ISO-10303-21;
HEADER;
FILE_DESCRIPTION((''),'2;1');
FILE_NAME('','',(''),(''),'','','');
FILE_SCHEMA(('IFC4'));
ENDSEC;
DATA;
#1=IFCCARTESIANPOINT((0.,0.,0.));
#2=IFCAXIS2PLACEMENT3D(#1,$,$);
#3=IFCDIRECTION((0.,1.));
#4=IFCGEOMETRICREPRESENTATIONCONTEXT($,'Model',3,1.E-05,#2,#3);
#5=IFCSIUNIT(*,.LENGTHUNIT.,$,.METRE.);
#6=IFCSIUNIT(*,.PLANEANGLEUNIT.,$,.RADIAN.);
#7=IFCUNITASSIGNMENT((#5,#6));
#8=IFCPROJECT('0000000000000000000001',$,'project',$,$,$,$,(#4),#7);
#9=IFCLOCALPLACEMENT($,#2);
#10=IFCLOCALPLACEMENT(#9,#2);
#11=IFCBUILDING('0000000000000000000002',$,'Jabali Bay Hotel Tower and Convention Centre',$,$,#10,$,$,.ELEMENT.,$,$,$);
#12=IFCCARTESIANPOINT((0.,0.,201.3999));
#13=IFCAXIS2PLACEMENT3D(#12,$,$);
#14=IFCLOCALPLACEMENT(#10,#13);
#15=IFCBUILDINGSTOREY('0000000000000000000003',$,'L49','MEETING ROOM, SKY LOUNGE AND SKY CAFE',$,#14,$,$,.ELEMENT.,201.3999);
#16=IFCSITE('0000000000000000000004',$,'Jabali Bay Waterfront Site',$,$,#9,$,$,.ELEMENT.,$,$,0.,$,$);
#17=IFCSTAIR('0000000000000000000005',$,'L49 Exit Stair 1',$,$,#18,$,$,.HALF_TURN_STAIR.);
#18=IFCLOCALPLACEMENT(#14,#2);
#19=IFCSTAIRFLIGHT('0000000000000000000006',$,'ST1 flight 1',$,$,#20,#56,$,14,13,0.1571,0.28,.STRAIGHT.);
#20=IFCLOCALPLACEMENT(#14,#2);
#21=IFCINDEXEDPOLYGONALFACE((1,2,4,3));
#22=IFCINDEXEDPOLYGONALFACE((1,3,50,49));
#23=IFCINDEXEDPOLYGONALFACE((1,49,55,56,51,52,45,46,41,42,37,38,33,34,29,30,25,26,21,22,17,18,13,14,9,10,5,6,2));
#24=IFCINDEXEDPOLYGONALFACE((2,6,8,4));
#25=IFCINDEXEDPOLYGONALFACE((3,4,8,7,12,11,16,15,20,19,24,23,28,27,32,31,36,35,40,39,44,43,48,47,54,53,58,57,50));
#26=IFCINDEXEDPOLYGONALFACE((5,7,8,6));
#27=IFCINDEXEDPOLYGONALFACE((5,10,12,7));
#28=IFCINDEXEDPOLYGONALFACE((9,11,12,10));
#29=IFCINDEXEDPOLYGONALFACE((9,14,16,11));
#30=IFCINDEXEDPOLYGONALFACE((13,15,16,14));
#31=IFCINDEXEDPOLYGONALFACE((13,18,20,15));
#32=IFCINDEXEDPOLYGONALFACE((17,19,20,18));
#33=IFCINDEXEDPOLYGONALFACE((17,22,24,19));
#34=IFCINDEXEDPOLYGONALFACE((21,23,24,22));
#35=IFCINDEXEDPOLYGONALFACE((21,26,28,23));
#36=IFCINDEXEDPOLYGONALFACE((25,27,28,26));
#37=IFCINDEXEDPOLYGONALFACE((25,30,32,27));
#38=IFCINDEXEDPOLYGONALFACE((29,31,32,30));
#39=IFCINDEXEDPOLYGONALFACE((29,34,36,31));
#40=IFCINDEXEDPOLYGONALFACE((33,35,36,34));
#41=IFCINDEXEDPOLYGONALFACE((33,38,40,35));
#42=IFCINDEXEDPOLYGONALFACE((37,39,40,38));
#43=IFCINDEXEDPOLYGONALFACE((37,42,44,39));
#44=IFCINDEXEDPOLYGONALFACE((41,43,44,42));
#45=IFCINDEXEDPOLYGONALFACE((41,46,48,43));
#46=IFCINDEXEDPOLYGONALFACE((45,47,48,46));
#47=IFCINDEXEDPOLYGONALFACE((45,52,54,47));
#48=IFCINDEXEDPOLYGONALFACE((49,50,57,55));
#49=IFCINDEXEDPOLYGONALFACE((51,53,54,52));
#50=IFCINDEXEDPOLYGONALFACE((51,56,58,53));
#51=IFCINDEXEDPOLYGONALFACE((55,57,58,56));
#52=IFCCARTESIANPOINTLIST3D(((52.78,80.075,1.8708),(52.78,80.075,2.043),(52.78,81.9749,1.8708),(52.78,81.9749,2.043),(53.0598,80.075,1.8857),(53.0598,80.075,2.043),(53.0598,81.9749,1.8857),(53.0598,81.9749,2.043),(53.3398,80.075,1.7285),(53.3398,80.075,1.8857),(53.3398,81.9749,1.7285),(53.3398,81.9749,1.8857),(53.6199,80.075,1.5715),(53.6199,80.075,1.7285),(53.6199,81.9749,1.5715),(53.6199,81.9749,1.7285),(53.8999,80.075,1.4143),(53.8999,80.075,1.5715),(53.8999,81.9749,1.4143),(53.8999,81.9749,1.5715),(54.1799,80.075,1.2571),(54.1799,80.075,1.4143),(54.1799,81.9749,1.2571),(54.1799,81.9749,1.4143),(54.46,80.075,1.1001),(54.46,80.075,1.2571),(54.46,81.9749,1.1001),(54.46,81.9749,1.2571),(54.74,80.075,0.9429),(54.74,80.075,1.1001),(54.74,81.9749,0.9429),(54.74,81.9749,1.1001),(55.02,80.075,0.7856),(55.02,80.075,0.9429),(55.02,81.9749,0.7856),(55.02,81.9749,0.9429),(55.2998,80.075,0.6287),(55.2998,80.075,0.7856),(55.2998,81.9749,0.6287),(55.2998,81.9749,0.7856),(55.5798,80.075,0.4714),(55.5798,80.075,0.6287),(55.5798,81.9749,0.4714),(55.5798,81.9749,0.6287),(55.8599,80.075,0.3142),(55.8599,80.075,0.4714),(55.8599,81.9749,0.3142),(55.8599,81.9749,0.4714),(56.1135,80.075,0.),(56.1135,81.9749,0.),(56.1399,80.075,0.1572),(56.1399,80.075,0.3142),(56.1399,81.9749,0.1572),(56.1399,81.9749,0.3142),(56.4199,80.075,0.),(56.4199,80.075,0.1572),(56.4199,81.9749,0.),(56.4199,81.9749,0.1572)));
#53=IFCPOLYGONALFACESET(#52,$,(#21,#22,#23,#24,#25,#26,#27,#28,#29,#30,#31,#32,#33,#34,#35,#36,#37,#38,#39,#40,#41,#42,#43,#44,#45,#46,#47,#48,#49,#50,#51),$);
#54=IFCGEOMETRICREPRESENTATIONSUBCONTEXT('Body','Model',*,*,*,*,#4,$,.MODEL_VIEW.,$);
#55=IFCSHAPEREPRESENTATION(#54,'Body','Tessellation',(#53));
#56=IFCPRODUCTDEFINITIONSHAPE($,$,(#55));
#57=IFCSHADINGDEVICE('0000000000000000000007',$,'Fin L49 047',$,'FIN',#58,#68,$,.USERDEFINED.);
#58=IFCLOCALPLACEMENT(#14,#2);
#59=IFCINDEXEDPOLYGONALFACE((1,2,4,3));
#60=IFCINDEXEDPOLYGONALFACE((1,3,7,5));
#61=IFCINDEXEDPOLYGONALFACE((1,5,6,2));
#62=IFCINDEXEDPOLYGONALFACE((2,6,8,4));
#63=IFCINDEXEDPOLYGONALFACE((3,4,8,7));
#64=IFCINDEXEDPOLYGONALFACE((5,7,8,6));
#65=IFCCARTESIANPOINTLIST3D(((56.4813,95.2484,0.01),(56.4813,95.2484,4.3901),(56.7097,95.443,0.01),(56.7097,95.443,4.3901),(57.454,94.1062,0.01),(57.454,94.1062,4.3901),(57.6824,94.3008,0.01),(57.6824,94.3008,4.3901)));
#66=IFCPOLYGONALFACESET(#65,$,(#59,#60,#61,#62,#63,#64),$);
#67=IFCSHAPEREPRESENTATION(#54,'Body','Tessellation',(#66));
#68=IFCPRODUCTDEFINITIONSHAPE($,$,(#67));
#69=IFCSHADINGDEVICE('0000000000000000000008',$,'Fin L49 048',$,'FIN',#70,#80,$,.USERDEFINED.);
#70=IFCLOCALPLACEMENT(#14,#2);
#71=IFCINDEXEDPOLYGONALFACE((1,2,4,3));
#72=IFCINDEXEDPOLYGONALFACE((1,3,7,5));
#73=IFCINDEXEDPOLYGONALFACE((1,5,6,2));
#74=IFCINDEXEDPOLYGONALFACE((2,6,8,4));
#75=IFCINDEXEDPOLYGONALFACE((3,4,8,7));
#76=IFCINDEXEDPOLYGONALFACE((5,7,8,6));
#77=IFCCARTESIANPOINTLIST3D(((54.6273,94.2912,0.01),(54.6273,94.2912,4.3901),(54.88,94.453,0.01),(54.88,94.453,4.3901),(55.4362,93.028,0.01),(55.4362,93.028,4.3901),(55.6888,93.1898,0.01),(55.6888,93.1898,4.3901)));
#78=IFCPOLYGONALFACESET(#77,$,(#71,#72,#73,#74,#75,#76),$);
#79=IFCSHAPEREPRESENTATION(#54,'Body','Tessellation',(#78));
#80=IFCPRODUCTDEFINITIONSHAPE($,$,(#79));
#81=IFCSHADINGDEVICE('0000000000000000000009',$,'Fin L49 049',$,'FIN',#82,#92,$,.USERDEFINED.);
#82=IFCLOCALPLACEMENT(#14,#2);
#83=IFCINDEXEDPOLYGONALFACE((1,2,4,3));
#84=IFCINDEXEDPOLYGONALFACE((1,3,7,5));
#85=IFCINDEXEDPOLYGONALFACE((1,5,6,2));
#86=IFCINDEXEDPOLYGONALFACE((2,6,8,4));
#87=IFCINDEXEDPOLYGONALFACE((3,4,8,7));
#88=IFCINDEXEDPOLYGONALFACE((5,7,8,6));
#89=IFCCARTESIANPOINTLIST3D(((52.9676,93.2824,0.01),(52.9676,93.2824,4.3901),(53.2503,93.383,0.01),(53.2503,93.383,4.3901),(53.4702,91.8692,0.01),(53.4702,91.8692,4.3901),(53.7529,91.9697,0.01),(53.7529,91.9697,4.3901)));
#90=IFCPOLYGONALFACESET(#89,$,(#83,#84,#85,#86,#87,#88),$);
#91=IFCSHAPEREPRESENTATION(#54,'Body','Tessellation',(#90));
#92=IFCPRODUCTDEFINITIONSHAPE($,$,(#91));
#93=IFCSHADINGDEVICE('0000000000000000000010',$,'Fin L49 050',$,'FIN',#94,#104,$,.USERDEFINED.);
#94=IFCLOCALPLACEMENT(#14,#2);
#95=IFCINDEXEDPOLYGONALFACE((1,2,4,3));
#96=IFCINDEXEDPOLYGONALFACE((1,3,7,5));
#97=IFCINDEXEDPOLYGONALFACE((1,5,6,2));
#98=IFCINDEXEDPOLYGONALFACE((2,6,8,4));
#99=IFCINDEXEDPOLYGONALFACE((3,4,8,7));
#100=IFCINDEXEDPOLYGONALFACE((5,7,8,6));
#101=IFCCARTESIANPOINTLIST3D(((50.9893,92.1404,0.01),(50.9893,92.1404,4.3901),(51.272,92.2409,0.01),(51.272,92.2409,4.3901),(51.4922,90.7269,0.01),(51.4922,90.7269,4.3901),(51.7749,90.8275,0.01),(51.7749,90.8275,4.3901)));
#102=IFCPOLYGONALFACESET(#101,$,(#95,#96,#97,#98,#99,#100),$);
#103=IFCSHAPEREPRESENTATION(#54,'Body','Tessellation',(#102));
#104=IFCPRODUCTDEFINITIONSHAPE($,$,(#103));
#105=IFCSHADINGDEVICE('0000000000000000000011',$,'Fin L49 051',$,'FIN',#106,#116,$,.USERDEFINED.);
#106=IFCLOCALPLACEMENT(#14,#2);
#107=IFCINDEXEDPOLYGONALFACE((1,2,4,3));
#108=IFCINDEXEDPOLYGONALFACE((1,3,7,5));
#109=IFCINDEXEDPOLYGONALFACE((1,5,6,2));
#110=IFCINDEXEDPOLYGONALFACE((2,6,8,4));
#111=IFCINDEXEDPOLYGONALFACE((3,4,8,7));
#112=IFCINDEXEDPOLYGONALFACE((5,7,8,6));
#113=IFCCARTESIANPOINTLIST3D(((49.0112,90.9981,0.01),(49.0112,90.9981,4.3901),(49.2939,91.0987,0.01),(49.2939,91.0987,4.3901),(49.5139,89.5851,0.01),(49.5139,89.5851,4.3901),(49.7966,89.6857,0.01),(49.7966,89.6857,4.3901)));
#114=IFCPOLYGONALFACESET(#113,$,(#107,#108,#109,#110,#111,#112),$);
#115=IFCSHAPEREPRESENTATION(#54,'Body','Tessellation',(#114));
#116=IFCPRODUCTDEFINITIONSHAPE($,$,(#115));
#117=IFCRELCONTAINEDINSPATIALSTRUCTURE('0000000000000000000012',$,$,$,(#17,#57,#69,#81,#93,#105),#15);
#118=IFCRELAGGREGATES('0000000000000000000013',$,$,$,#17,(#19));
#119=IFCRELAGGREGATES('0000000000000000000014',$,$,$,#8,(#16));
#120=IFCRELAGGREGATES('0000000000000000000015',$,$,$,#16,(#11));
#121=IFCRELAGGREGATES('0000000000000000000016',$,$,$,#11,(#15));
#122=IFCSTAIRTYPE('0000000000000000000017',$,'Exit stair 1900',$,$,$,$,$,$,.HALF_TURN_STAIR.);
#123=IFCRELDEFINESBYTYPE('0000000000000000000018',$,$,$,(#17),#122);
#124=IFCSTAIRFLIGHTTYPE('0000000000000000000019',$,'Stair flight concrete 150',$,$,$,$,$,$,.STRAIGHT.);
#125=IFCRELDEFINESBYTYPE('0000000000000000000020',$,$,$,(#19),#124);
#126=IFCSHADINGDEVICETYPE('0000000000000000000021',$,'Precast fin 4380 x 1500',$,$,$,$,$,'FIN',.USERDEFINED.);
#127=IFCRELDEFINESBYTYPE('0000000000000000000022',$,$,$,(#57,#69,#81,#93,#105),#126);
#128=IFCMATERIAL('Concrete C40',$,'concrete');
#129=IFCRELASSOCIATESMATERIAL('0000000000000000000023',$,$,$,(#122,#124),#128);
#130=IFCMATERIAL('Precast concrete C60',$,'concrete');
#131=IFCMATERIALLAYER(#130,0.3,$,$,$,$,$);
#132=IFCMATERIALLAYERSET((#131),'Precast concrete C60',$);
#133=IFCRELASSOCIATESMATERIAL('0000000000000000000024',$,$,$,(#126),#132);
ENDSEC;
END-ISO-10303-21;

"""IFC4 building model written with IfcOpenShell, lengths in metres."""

from ifc_helpers import new_model, si_unit, direction, frame, frame_2d, origin, place, context, subcontext, project, spatial, polyline, rectangle, outline, extrude, material, layer, layer_set, type_object, element, aggregate, save


model = new_model("IFC4")

# Units and contexts
model_context = context("Model", 3, precision=1e-05, world=origin(), true_north=direction((0.0, 1.0)))
body_context = subcontext(model_context, "Body", "Model", "MODEL_VIEW")
ifc_project = project(units=[si_unit("LENGTHUNIT", "METRE"), si_unit("PLANEANGLEUNIT", "RADIAN")], contexts=[model_context])

# Site, building, storey
site_placement = place(None, origin())
site = spatial("IfcSite", under=ifc_project, at=site_placement, Name="Jabali Bay Waterfront Site", CompositionType="ELEMENT", RefElevation=0.0)
building_placement = place(site_placement, origin())
building = spatial("IfcBuilding", under=site, at=building_placement, Name="Jabali Bay Hotel Tower and Convention Centre", CompositionType="ELEMENT")
storey_placement = place(building_placement, frame((0.0, 0.0, 201.3999)))
storey = spatial("IfcBuildingStorey", under=building, at=storey_placement, Name="L49", Description="MEETING ROOM, SKY LOUNGE AND SKY CAFE", CompositionType="ELEMENT", Elevation=201.3999)

# Shared definitions
ifc_material_1 = material(Name="Concrete C40", Category="concrete")

# Stair, stair flight
stair_type = type_object("IfcStairType", Name="Exit stair 1900", PredefinedType="HALF_TURN_STAIR", material=ifc_material_1)
stair_placement = place(storey_placement, origin())
stair = element("IfcStair", 1, at=stair_placement, inside=storey, type_object=stair_type, Name="L49 Exit Stair 1", PredefinedType="HALF_TURN_STAIR")
stair_flight_type = type_object("IfcStairFlightType", Name="Stair flight concrete 150", PredefinedType="STRAIGHT", material=ifc_material_1)
stair_flight_placement = place(storey_placement, frame((56.4199, 81.0249, 0.0), z_axis=(0.0, 0.0, 1.0), x_axis=(-1.0, 0.0, 0.0)))
stair_flight = element("IfcStairFlight", 2, at=stair_flight_placement, type_object=stair_flight_type, Name="ST1 flight 1", NumberOfRisers=14, NumberOfTreads=13, PredefinedType="STRAIGHT", RiserHeight=0.1571, TreadLength=0.28, context=body_context, shape_type="SweptSolid", body=[
    extrude(outline(polyline([(0.0, 0.0), (0.0, 0.1572), (0.28, 0.1572), (0.28, 0.3142), (0.5601, 0.3142), (0.5601, 0.4714), (0.8401, 0.4714), (0.8401, 0.6287), (1.1201, 0.6287), (1.1201, 0.7856), (1.3999, 0.7856), (1.3999, 0.9429), (1.6799, 0.9429), (1.6799, 1.1001), (1.96, 1.1001), (1.96, 1.2571), (2.24, 1.2571), (2.24, 1.4143), (2.52, 1.4143), (2.52, 1.5715), (2.8, 1.5715), (2.8, 1.7285), (3.0801, 1.7285), (3.0801, 1.8857), (3.3601, 1.8857), (3.3601, 2.043), (3.6399, 2.043), (3.6399, 2.2), (3.6399, 1.8708), (0.3064, 0.0), (0.0, 0.0)])), frame((0.0, 0.95, 0.0), z_axis=(0.0, -1.0, 0.0), x_axis=(1.0, 0.0, 0.0)), (0.0, 0.0, 1.0), 1.8999),
])
aggregate(stair, [stair_flight])

# Shading devices
ifc_material_2 = material(Name="Precast concrete C60", Category="concrete")
ifc_layer_1 = layer(ifc_material_2, 0.3)
ifc_layer_set_1 = layer_set([ifc_layer_1], Name="Precast concrete C60")
shading_device_type = type_object("IfcShadingDeviceType", Name="Precast fin 4380 x 1500", ElementType="FIN", PredefinedType="USERDEFINED", material=ifc_layer_set_1)
shading_device_1_placement = place(storey_placement, frame((57.5681, 94.2036, 0.01), z_axis=(0.0, 0.0, 1.0), x_axis=(-0.648376, 0.761321, 0.0)))
element("IfcShadingDevice", 3, at=shading_device_1_placement, inside=storey, type_object=shading_device_type, Name="Fin L49 047", ObjectType="FIN", PredefinedType="USERDEFINED", context=body_context, shape_type="SweptSolid", body=[
    extrude(rectangle(XDim=1.5002, YDim=0.3, at=frame_2d((0.75, 0.0))), origin(), (0.0, 0.0, 1.0), 4.3801),
])
for number, where, z_axis, x_axis, name in (
    (4, (55.5625, 93.1089, 0.01), (0.0, 0.0, 1.0), (-0.539243, 0.84215, 0.0), "Fin L49 048"),
    (5, (53.6116, 91.9194, 0.01), (0.0, 0.0, 1.0), (-0.335109, 0.942179, 0.0), "Fin L49 049"),
):
    element("IfcShadingDevice", number, at=place(storey_placement, frame(where, z_axis=z_axis, x_axis=x_axis)), inside=storey, type_object=shading_device_type, Name=name, ObjectType="FIN", PredefinedType="USERDEFINED", context=body_context, shape_type="SweptSolid", body=[
        extrude(rectangle(XDim=1.5, YDim=0.3, at=frame_2d((0.75, 0.0))), origin(), (0.0, 0.0, 1.0), 4.3801),
    ])
shading_device_2_placement = place(storey_placement, frame((51.6335, 90.7773, 0.01), z_axis=(0.0, 0.0, 1.0), x_axis=(-0.335254, 0.942128, 0.0)))
element("IfcShadingDevice", 6, at=shading_device_2_placement, inside=storey, type_object=shading_device_type, Name="Fin L49 050", ObjectType="FIN", PredefinedType="USERDEFINED", context=body_context, shape_type="SweptSolid", body=[
    extrude(rectangle(XDim=1.5002, YDim=0.3, at=frame_2d((0.75, 0.0))), origin(), (0.0, 0.0, 1.0), 4.3801),
])
shading_device_3_placement = place(storey_placement, frame((49.6553, 89.6353, 0.01), z_axis=(0.0, 0.0, 1.0), x_axis=(-0.335161, 0.942161, 0.0)))
element("IfcShadingDevice", 7, at=shading_device_3_placement, inside=storey, type_object=shading_device_type, Name="Fin L49 051", ObjectType="FIN", PredefinedType="USERDEFINED", context=body_context, shape_type="SweptSolid", body=[
    extrude(rectangle(XDim=1.4998, YDim=0.3, at=frame_2d((0.75, 0.0))), origin(), (0.0, 0.0, 1.0), 4.3801),
])

save(model, "model.ifc")
